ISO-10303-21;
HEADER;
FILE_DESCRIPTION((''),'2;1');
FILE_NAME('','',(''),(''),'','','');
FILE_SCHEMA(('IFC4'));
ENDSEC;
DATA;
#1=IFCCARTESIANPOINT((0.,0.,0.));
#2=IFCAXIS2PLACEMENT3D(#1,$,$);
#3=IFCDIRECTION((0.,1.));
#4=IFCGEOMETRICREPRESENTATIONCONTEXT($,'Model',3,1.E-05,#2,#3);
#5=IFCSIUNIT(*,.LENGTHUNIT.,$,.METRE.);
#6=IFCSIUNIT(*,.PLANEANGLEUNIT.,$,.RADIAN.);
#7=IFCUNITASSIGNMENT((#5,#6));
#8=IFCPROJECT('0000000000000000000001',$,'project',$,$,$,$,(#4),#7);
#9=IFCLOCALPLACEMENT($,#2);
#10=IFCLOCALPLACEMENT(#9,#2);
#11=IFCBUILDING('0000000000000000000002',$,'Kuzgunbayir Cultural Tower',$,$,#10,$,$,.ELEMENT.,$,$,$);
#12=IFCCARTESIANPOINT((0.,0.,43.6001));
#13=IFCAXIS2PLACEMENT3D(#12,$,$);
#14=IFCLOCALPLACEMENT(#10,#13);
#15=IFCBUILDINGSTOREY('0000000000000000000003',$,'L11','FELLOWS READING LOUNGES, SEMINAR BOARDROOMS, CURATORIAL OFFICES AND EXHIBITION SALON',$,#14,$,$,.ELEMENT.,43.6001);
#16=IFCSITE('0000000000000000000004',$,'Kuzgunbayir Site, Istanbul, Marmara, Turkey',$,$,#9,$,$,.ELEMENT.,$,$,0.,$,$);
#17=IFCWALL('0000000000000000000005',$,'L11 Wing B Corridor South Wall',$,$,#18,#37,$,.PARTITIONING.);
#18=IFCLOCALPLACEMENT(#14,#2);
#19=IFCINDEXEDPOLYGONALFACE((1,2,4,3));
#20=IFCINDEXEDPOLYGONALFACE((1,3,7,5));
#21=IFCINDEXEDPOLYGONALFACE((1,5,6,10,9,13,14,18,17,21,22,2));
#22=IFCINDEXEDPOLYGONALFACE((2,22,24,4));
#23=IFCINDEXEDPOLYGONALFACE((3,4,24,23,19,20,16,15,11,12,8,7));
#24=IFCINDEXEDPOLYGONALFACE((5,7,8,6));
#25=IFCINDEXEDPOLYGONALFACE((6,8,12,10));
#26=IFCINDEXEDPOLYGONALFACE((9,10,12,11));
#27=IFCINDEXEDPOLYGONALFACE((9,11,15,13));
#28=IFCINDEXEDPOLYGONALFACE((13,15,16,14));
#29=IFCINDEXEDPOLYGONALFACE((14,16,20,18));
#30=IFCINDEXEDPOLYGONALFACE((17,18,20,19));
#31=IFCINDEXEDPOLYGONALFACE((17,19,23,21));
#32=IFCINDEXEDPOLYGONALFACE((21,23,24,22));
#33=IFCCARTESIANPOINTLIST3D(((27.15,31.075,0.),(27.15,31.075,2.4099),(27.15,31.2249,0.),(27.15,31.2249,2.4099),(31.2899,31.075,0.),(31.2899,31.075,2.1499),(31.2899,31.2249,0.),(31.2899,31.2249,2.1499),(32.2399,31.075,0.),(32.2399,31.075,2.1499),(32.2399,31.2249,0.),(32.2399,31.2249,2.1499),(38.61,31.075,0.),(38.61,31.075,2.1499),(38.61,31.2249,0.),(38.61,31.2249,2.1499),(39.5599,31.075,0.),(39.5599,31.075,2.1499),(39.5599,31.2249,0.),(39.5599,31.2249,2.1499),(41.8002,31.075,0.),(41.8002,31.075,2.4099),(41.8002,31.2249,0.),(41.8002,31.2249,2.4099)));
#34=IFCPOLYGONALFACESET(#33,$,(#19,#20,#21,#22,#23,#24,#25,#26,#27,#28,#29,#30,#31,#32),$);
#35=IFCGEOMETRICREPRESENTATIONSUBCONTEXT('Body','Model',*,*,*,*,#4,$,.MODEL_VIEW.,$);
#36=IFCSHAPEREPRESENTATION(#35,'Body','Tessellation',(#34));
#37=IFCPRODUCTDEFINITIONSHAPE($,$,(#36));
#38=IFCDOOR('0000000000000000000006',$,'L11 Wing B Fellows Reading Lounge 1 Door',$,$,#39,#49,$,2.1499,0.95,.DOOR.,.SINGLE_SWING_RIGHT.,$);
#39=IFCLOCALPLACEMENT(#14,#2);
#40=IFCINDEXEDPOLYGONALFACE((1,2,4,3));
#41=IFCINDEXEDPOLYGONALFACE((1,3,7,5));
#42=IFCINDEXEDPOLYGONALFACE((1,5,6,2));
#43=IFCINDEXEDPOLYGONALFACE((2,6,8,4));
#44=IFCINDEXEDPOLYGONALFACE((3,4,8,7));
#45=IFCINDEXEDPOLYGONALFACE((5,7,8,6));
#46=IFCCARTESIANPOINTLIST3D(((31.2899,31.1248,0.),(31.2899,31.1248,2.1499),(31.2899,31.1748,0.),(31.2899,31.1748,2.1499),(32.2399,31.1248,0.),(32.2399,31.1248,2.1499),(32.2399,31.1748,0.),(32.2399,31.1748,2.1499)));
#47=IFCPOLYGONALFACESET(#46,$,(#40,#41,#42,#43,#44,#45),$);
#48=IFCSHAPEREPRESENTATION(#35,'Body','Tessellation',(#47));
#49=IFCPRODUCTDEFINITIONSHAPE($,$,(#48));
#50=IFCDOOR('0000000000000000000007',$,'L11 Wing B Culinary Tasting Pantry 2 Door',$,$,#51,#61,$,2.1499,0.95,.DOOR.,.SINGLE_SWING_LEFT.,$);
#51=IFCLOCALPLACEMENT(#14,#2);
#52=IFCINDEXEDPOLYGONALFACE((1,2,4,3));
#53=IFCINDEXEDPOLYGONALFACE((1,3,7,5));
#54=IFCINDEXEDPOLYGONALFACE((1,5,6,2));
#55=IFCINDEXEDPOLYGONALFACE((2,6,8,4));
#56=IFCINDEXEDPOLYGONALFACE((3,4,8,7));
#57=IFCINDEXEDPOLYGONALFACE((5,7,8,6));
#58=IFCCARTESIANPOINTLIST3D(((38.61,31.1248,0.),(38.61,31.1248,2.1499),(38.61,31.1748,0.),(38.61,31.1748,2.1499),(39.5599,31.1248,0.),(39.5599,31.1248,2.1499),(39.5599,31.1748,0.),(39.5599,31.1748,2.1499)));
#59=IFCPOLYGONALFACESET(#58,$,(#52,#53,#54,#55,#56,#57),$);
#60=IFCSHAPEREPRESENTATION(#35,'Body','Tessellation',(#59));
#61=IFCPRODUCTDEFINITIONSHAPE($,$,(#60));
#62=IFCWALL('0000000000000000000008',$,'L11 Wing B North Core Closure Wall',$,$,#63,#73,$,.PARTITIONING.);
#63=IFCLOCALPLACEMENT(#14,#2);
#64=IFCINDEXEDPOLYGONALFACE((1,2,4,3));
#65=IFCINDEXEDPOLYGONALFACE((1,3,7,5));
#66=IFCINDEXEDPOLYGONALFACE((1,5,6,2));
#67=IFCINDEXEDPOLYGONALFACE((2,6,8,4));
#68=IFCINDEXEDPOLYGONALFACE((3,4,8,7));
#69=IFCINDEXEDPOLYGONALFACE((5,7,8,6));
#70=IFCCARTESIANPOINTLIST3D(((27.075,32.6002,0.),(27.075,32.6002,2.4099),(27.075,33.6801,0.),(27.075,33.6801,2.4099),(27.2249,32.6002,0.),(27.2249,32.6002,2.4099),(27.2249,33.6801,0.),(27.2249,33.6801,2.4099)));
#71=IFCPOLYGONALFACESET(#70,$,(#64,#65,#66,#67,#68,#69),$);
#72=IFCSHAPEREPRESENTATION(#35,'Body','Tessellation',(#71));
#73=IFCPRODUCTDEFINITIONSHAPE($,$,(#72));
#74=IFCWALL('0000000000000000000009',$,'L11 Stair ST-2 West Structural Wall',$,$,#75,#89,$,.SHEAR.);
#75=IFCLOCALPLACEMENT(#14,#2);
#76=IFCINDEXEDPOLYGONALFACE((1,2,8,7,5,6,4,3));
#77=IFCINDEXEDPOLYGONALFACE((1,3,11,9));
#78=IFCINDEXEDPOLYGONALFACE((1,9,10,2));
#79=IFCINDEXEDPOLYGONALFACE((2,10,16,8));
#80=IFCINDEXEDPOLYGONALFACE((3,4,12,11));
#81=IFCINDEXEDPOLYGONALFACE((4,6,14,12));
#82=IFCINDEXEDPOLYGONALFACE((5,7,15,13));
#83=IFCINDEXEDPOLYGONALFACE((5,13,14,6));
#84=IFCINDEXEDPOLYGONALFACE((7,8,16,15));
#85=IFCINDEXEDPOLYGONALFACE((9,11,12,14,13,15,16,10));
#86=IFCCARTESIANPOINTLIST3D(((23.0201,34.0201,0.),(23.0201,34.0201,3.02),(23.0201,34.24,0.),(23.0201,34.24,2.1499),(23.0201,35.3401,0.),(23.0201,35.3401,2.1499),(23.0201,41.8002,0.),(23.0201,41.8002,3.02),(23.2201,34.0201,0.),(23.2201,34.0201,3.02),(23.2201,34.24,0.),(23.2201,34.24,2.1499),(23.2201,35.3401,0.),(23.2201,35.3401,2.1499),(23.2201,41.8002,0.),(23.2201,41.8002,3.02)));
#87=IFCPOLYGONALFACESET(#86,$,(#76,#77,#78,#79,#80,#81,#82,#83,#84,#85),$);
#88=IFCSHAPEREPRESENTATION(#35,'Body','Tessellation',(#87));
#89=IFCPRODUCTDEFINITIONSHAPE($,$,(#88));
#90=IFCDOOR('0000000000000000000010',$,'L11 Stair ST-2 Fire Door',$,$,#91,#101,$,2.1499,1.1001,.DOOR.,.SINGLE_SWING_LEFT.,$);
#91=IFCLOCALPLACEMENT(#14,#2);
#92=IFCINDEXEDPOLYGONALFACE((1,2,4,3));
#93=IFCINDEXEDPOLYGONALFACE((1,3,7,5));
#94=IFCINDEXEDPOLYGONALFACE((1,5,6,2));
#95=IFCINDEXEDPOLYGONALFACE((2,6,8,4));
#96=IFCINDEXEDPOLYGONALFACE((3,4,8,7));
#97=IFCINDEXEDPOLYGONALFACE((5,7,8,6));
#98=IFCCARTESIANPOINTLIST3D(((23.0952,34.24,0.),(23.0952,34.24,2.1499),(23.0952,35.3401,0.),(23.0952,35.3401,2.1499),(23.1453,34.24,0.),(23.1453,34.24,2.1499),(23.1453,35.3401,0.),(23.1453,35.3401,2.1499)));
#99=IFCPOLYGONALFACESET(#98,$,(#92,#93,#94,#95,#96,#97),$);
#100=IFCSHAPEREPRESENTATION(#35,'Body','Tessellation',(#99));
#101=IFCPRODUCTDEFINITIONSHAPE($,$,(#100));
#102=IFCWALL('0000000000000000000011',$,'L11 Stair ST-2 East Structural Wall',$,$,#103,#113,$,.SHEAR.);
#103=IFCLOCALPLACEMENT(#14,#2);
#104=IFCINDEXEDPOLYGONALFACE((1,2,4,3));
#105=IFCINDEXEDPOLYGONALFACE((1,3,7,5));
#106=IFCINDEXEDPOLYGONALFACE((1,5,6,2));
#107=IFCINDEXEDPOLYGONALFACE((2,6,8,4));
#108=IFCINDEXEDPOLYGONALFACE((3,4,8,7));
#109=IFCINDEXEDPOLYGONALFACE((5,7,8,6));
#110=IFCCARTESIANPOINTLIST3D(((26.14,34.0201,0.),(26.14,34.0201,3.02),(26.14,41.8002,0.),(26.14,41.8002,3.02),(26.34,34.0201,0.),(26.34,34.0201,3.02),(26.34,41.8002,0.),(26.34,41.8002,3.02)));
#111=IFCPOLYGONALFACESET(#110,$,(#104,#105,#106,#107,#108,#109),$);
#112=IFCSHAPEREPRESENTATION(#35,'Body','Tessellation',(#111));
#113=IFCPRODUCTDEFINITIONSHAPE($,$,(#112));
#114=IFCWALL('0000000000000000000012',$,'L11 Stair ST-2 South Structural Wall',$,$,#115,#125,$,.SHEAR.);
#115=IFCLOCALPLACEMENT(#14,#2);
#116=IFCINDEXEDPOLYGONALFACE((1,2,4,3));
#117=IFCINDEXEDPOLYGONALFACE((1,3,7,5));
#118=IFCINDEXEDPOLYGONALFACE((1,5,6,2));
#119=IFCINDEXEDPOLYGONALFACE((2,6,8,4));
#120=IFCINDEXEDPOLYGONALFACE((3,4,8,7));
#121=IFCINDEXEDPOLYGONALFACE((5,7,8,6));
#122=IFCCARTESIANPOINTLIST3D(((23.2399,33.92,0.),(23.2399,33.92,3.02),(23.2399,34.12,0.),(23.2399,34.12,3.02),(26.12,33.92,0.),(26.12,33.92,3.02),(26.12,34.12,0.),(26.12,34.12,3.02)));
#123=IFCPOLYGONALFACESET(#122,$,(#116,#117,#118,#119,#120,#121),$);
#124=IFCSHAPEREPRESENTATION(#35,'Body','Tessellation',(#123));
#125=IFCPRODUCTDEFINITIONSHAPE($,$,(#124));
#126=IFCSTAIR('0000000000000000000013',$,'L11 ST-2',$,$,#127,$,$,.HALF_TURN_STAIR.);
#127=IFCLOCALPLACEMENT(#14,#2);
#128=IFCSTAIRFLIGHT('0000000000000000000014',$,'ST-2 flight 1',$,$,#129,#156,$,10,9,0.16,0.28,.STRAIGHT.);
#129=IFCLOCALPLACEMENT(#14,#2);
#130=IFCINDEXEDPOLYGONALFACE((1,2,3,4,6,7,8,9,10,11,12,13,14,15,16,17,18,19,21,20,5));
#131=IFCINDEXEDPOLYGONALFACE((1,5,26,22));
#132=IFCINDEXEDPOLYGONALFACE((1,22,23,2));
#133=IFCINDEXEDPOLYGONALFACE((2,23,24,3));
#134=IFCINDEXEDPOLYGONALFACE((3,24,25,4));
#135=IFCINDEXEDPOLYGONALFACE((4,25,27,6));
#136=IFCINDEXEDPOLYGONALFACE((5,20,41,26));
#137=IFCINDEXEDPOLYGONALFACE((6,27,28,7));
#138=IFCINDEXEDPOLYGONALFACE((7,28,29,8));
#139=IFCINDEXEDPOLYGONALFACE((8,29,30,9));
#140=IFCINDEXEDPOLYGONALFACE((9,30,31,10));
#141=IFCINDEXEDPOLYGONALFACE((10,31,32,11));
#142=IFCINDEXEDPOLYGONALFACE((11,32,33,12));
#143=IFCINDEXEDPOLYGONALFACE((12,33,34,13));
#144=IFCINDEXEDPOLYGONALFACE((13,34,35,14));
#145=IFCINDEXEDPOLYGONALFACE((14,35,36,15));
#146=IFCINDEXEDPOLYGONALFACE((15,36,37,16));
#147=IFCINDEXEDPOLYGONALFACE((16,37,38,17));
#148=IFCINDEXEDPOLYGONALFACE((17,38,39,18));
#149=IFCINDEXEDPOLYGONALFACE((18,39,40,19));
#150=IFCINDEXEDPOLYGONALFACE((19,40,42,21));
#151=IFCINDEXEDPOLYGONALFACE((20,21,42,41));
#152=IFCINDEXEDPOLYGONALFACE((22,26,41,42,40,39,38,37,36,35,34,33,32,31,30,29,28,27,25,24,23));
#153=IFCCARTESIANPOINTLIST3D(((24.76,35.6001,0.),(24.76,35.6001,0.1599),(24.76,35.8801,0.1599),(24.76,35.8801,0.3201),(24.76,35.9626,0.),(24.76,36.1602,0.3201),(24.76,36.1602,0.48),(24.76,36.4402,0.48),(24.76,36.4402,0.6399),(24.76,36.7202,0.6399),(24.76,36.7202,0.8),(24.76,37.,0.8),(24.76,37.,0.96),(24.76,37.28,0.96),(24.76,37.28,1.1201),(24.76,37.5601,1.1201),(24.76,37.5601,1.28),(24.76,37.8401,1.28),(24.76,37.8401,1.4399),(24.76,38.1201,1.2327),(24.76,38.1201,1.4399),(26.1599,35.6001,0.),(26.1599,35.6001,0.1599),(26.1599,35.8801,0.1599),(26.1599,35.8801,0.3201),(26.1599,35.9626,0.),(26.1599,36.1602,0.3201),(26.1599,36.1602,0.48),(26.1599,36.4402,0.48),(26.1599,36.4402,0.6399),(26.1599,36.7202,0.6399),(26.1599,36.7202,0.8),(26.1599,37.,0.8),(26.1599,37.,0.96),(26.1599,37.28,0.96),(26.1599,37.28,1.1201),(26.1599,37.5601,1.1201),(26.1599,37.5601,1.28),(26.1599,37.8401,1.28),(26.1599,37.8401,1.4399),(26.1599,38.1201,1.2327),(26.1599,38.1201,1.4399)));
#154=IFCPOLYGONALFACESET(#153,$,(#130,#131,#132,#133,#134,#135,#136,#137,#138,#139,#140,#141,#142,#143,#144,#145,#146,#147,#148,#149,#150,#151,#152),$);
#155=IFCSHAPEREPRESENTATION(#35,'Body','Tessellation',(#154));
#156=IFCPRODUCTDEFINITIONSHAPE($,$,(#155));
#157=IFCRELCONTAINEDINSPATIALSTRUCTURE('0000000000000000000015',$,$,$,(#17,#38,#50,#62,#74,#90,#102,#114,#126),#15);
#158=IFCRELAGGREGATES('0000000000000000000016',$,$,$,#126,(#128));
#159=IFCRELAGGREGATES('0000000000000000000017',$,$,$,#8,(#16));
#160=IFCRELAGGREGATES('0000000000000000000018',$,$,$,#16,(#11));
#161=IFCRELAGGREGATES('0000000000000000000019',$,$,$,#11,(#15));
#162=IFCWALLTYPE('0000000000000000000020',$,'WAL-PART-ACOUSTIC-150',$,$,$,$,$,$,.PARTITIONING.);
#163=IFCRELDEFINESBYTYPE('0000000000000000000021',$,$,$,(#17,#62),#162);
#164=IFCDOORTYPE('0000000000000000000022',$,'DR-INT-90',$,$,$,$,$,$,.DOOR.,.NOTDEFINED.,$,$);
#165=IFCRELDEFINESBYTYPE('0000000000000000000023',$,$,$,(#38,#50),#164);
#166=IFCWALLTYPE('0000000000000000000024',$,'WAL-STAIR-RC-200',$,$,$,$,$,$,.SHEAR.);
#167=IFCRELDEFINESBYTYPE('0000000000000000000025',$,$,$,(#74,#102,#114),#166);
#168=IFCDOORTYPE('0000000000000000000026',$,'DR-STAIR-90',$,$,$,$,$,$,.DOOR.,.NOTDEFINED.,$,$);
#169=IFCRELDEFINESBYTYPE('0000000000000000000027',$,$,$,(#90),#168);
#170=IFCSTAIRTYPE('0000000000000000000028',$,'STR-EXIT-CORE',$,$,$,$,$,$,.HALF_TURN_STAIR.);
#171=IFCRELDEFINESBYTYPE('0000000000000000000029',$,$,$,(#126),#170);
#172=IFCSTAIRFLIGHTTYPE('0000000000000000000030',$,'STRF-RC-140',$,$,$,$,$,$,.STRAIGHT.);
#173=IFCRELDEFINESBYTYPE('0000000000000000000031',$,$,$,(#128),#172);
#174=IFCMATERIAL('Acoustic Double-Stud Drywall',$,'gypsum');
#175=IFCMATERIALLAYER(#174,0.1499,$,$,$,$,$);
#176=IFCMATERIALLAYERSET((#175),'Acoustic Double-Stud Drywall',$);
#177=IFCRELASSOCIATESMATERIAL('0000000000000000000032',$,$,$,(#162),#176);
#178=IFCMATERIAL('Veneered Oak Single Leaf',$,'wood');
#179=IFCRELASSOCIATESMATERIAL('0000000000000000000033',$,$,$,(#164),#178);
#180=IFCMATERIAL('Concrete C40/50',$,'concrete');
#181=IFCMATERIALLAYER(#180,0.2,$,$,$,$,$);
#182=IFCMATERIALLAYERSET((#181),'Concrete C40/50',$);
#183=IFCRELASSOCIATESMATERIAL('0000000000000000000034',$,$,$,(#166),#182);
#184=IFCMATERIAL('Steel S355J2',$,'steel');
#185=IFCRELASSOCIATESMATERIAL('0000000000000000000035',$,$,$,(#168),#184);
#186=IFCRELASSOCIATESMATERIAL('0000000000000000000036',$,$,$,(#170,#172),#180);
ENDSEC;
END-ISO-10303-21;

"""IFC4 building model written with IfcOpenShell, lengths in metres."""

from ifc_helpers import new_model, si_unit, direction, frame, frame_2d, origin, place, context, subcontext, project, spatial, polyline, rectangle, outline, extrude, material, layer, layer_set, type_object, element, fill, aggregate, save


model = new_model("IFC4")

# Units and contexts
model_context = context("Model", 3, precision=1e-05, world=origin(), true_north=direction((0.0, 1.0)))
body_context = subcontext(model_context, "Body", "Model", "MODEL_VIEW")
ifc_project = project(units=[si_unit("LENGTHUNIT", "METRE"), si_unit("PLANEANGLEUNIT", "RADIAN")], contexts=[model_context])

# Site, building, storey
site_placement = place(None, origin())
site = spatial("IfcSite", under=ifc_project, at=site_placement, Name="Kuzgunbayir Site, Istanbul, Marmara, Turkey", CompositionType="ELEMENT", RefElevation=0.0)
building_placement = place(site_placement, origin())
building = spatial("IfcBuilding", under=site, at=building_placement, Name="Kuzgunbayir Cultural Tower", CompositionType="ELEMENT")
storey_placement = place(building_placement, frame((0.0, 0.0, 43.6001)))
storey = spatial("IfcBuildingStorey", under=building, at=storey_placement, Name="L11", Description="FELLOWS READING LOUNGES, SEMINAR BOARDROOMS, CURATORIAL OFFICES AND EXHIBITION SALON", CompositionType="ELEMENT", Elevation=43.6001)

# Shared definitions
ifc_material_1 = material(Name="Steel S355J2", Category="steel")

# Wall, openings, doors
ifc_material_2 = material(Name="Acoustic Double-Stud Drywall", Category="gypsum")
ifc_layer_1 = layer(ifc_material_2, 0.1499)
ifc_layer_set_1 = layer_set([ifc_layer_1], Name="Acoustic Double-Stud Drywall")
wall_type_1 = type_object("IfcWallType", Name="WAL-PART-ACOUSTIC-150", PredefinedType="PARTITIONING", material=ifc_layer_set_1)
wall_1_placement = place(storey_placement, frame((27.1499, 31.1499, 0.0), z_axis=(0.0, 0.0, 1.0), x_axis=(1.0, 0.0, 0.0)))
wall_1 = element("IfcWall", 1, at=wall_1_placement, inside=storey, type_object=wall_type_1, Name="L11 Wing B Corridor South Wall", PredefinedType="PARTITIONING", context=body_context, shape_type="SweptSolid", body=[
    extrude(rectangle(XDim=14.6501, YDim=0.1499, at=frame_2d((7.3252, 0.0))), origin(), (0.0, 0.0, 1.0), 2.4099),
])
opening_1_placement = place(wall_1_placement, frame((4.1399, 0.0, 0.0)))
opening_1 = element("IfcOpeningElement", 2, at=opening_1_placement, cuts=wall_1, PredefinedType="OPENING", context=body_context, shape_type="SweptSolid", body=[
    extrude(rectangle(XDim=0.95, YDim=2.1499, at=frame_2d((0.4751, 1.075))), frame((0.0, 0.085, 0.0), z_axis=(0.0, -1.0, 0.0), x_axis=(1.0, 0.0, 0.0)), (0.0, 0.0, 1.0), 0.1699),
])
opening_2_placement = place(wall_1_placement, frame((11.46, 0.0, 0.0)))
opening_2 = element("IfcOpeningElement", 3, at=opening_2_placement, cuts=wall_1, PredefinedType="OPENING", context=body_context, shape_type="SweptSolid", body=[
    extrude(rectangle(XDim=0.95, YDim=2.1499, at=frame_2d((0.4751, 1.075))), frame((0.0, 0.085, 0.0), z_axis=(0.0, -1.0, 0.0), x_axis=(1.0, 0.0, 0.0)), (0.0, 0.0, 1.0), 0.1699),
])
ifc_material_3 = material(Name="Veneered Oak Single Leaf", Category="wood")
door_type_1 = type_object("IfcDoorType", Name="DR-INT-90", OperationType="NOTDEFINED", PredefinedType="DOOR", material=ifc_material_3)
door_1_placement = place(opening_1_placement, origin())
door_1 = element("IfcDoor", 4, at=door_1_placement, inside=storey, type_object=door_type_1, Name="L11 Wing B Fellows Reading Lounge 1 Door", OperationType="SINGLE_SWING_RIGHT", OverallHeight=2.1499, OverallWidth=0.95, PredefinedType="DOOR", context=body_context, shape_type="SweptSolid", body=[
    extrude(rectangle(XDim=0.95, YDim=2.1499, at=frame_2d((0.4751, 1.075))), frame((0.0, 0.0249, 0.0), z_axis=(0.0, -1.0, 0.0), x_axis=(1.0, 0.0, 0.0)), (0.0, 0.0, 1.0), 0.05),
])
fill(opening_1, door_1)
door_2_placement = place(opening_2_placement, origin())
door_2 = element("IfcDoor", 5, at=door_2_placement, inside=storey, type_object=door_type_1, Name="L11 Wing B Culinary Tasting Pantry 2 Door", OperationType="SINGLE_SWING_LEFT", OverallHeight=2.1499, OverallWidth=0.95, PredefinedType="DOOR", context=body_context, shape_type="SweptSolid", body=[
    extrude(rectangle(XDim=0.95, YDim=2.1499, at=frame_2d((0.4751, 1.075))), frame((0.0, 0.0249, 0.0), z_axis=(0.0, -1.0, 0.0), x_axis=(1.0, 0.0, 0.0)), (0.0, 0.0, 1.0), 0.05),
])
fill(opening_2, door_2)

# Wall
wall_2_placement = place(storey_placement, frame((27.1499, 32.6001, 0.0), z_axis=(0.0, 0.0, 1.0), x_axis=(0.0, 1.0, 0.0)))
element("IfcWall", 6, at=wall_2_placement, inside=storey, type_object=wall_type_1, Name="L11 Wing B North Core Closure Wall", PredefinedType="PARTITIONING", context=body_context, shape_type="SweptSolid", body=[
    extrude(rectangle(XDim=1.0798, YDim=0.1499, at=frame_2d((0.54, 0.0))), origin(), (0.0, 0.0, 1.0), 2.4099),
])

# Wall, opening, door
ifc_material_4 = material(Name="Concrete C40/50", Category="concrete")
ifc_layer_2 = layer(ifc_material_4, 0.2)
ifc_layer_set_2 = layer_set([ifc_layer_2], Name="Concrete C40/50")
wall_type_2 = type_object("IfcWallType", Name="WAL-STAIR-RC-200", PredefinedType="SHEAR", material=ifc_layer_set_2)
wall_3_placement = place(storey_placement, frame((23.1201, 34.02, 0.0), z_axis=(0.0, 0.0, 1.0), x_axis=(0.0, 1.0, 0.0)))
wall_3 = element("IfcWall", 7, at=wall_3_placement, inside=storey, type_object=wall_type_2, Name="L11 Stair ST-2 West Structural Wall", PredefinedType="SHEAR", context=body_context, shape_type="SweptSolid", body=[
    extrude(rectangle(XDim=7.78, YDim=0.2, at=frame_2d((3.8901, 0.0))), origin(), (0.0, 0.0, 1.0), 3.02),
])
opening_3_placement = place(wall_3_placement, frame((0.22, 0.0, 0.0)))
opening_3 = element("IfcOpeningElement", 8, at=opening_3_placement, cuts=wall_3, PredefinedType="OPENING", context=body_context, shape_type="SweptSolid", body=[
    extrude(rectangle(XDim=1.1001, YDim=2.1499, at=frame_2d((0.55, 1.075))), frame((0.0, 0.1099, 0.0), z_axis=(0.0, -1.0, 0.0), x_axis=(1.0, 0.0, 0.0)), (0.0, 0.0, 1.0), 0.22),
])
door_type_2 = type_object("IfcDoorType", Name="DR-STAIR-90", OperationType="NOTDEFINED", PredefinedType="DOOR", material=ifc_material_1)
door_3_placement = place(opening_3_placement, origin())
door_3 = element("IfcDoor", 9, at=door_3_placement, inside=storey, type_object=door_type_2, Name="L11 Stair ST-2 Fire Door", OperationType="SINGLE_SWING_LEFT", OverallHeight=2.1499, OverallWidth=1.1001, PredefinedType="DOOR", context=body_context, shape_type="SweptSolid", body=[
    extrude(rectangle(XDim=1.1001, YDim=2.1499, at=frame_2d((0.55, 1.075))), frame((0.0, 0.0249, 0.0), z_axis=(0.0, -1.0, 0.0), x_axis=(1.0, 0.0, 0.0)), (0.0, 0.0, 1.0), 0.05),
])
fill(opening_3, door_3)

# Walls
wall_4_placement = place(storey_placement, frame((26.24, 34.02, 0.0), z_axis=(0.0, 0.0, 1.0), x_axis=(0.0, 1.0, 0.0)))
element("IfcWall", 10, at=wall_4_placement, inside=storey, type_object=wall_type_2, Name="L11 Stair ST-2 East Structural Wall", PredefinedType="SHEAR", context=body_context, shape_type="SweptSolid", body=[
    extrude(rectangle(XDim=7.78, YDim=0.2, at=frame_2d((3.8901, 0.0))), origin(), (0.0, 0.0, 1.0), 3.02),
])
wall_5_placement = place(storey_placement, frame((23.24, 34.02, 0.0), z_axis=(0.0, 0.0, 1.0), x_axis=(1.0, 0.0, 0.0)))
element("IfcWall", 11, at=wall_5_placement, inside=storey, type_object=wall_type_2, Name="L11 Stair ST-2 South Structural Wall", PredefinedType="SHEAR", context=body_context, shape_type="SweptSolid", body=[
    extrude(rectangle(XDim=2.8801, YDim=0.2, at=frame_2d((1.4399, 0.0))), origin(), (0.0, 0.0, 1.0), 3.02),
])

# Stair, stair flight
stair_type = type_object("IfcStairType", Name="STR-EXIT-CORE", PredefinedType="HALF_TURN_STAIR", material=ifc_material_4)
stair_placement = place(storey_placement, origin())
stair = element("IfcStair", 12, at=stair_placement, inside=storey, type_object=stair_type, Name="L11 ST-2", PredefinedType="HALF_TURN_STAIR")
stair_flight_type = type_object("IfcStairFlightType", Name="STRF-RC-140", PredefinedType="STRAIGHT", material=ifc_material_4)
stair_flight_1_placement = place(storey_placement, frame((25.46, 35.6001, 0.0), z_axis=(0.0, 0.0, 1.0), x_axis=(0.0, 1.0, 0.0)))
stair_flight_1 = element("IfcStairFlight", 13, at=stair_flight_1_placement, type_object=stair_flight_type, Name="ST-2 flight 1", NumberOfRisers=10, NumberOfTreads=9, PredefinedType="STRAIGHT", RiserHeight=0.16, TreadLength=0.28, context=body_context, shape_type="SweptSolid", body=[
    extrude(outline(polyline([(0.0, 0.0), (0.0, 0.1599), (0.28, 0.1599), (0.28, 0.3201), (0.5601, 0.3201), (0.5601, 0.48), (0.8401, 0.48), (0.8401, 0.6399), (1.1201, 0.6399), (1.1201, 0.8), (1.3999, 0.8), (1.3999, 0.96), (1.6799, 0.96), (1.6799, 1.1201), (1.96, 1.1201), (1.96, 1.28), (2.24, 1.28), (2.24, 1.4399), (2.52, 1.4399), (2.52, 1.6001), (2.52, 1.2327), (0.3625, 0.0), (0.0, 0.0)])), frame((0.0, 0.7, 0.0), z_axis=(0.0, -1.0, 0.0), x_axis=(1.0, 0.0, 0.0)), (0.0, 0.0, 1.0), 1.3999),
])
aggregate(stair, [stair_flight_1])

save(model, "model.ifc")
